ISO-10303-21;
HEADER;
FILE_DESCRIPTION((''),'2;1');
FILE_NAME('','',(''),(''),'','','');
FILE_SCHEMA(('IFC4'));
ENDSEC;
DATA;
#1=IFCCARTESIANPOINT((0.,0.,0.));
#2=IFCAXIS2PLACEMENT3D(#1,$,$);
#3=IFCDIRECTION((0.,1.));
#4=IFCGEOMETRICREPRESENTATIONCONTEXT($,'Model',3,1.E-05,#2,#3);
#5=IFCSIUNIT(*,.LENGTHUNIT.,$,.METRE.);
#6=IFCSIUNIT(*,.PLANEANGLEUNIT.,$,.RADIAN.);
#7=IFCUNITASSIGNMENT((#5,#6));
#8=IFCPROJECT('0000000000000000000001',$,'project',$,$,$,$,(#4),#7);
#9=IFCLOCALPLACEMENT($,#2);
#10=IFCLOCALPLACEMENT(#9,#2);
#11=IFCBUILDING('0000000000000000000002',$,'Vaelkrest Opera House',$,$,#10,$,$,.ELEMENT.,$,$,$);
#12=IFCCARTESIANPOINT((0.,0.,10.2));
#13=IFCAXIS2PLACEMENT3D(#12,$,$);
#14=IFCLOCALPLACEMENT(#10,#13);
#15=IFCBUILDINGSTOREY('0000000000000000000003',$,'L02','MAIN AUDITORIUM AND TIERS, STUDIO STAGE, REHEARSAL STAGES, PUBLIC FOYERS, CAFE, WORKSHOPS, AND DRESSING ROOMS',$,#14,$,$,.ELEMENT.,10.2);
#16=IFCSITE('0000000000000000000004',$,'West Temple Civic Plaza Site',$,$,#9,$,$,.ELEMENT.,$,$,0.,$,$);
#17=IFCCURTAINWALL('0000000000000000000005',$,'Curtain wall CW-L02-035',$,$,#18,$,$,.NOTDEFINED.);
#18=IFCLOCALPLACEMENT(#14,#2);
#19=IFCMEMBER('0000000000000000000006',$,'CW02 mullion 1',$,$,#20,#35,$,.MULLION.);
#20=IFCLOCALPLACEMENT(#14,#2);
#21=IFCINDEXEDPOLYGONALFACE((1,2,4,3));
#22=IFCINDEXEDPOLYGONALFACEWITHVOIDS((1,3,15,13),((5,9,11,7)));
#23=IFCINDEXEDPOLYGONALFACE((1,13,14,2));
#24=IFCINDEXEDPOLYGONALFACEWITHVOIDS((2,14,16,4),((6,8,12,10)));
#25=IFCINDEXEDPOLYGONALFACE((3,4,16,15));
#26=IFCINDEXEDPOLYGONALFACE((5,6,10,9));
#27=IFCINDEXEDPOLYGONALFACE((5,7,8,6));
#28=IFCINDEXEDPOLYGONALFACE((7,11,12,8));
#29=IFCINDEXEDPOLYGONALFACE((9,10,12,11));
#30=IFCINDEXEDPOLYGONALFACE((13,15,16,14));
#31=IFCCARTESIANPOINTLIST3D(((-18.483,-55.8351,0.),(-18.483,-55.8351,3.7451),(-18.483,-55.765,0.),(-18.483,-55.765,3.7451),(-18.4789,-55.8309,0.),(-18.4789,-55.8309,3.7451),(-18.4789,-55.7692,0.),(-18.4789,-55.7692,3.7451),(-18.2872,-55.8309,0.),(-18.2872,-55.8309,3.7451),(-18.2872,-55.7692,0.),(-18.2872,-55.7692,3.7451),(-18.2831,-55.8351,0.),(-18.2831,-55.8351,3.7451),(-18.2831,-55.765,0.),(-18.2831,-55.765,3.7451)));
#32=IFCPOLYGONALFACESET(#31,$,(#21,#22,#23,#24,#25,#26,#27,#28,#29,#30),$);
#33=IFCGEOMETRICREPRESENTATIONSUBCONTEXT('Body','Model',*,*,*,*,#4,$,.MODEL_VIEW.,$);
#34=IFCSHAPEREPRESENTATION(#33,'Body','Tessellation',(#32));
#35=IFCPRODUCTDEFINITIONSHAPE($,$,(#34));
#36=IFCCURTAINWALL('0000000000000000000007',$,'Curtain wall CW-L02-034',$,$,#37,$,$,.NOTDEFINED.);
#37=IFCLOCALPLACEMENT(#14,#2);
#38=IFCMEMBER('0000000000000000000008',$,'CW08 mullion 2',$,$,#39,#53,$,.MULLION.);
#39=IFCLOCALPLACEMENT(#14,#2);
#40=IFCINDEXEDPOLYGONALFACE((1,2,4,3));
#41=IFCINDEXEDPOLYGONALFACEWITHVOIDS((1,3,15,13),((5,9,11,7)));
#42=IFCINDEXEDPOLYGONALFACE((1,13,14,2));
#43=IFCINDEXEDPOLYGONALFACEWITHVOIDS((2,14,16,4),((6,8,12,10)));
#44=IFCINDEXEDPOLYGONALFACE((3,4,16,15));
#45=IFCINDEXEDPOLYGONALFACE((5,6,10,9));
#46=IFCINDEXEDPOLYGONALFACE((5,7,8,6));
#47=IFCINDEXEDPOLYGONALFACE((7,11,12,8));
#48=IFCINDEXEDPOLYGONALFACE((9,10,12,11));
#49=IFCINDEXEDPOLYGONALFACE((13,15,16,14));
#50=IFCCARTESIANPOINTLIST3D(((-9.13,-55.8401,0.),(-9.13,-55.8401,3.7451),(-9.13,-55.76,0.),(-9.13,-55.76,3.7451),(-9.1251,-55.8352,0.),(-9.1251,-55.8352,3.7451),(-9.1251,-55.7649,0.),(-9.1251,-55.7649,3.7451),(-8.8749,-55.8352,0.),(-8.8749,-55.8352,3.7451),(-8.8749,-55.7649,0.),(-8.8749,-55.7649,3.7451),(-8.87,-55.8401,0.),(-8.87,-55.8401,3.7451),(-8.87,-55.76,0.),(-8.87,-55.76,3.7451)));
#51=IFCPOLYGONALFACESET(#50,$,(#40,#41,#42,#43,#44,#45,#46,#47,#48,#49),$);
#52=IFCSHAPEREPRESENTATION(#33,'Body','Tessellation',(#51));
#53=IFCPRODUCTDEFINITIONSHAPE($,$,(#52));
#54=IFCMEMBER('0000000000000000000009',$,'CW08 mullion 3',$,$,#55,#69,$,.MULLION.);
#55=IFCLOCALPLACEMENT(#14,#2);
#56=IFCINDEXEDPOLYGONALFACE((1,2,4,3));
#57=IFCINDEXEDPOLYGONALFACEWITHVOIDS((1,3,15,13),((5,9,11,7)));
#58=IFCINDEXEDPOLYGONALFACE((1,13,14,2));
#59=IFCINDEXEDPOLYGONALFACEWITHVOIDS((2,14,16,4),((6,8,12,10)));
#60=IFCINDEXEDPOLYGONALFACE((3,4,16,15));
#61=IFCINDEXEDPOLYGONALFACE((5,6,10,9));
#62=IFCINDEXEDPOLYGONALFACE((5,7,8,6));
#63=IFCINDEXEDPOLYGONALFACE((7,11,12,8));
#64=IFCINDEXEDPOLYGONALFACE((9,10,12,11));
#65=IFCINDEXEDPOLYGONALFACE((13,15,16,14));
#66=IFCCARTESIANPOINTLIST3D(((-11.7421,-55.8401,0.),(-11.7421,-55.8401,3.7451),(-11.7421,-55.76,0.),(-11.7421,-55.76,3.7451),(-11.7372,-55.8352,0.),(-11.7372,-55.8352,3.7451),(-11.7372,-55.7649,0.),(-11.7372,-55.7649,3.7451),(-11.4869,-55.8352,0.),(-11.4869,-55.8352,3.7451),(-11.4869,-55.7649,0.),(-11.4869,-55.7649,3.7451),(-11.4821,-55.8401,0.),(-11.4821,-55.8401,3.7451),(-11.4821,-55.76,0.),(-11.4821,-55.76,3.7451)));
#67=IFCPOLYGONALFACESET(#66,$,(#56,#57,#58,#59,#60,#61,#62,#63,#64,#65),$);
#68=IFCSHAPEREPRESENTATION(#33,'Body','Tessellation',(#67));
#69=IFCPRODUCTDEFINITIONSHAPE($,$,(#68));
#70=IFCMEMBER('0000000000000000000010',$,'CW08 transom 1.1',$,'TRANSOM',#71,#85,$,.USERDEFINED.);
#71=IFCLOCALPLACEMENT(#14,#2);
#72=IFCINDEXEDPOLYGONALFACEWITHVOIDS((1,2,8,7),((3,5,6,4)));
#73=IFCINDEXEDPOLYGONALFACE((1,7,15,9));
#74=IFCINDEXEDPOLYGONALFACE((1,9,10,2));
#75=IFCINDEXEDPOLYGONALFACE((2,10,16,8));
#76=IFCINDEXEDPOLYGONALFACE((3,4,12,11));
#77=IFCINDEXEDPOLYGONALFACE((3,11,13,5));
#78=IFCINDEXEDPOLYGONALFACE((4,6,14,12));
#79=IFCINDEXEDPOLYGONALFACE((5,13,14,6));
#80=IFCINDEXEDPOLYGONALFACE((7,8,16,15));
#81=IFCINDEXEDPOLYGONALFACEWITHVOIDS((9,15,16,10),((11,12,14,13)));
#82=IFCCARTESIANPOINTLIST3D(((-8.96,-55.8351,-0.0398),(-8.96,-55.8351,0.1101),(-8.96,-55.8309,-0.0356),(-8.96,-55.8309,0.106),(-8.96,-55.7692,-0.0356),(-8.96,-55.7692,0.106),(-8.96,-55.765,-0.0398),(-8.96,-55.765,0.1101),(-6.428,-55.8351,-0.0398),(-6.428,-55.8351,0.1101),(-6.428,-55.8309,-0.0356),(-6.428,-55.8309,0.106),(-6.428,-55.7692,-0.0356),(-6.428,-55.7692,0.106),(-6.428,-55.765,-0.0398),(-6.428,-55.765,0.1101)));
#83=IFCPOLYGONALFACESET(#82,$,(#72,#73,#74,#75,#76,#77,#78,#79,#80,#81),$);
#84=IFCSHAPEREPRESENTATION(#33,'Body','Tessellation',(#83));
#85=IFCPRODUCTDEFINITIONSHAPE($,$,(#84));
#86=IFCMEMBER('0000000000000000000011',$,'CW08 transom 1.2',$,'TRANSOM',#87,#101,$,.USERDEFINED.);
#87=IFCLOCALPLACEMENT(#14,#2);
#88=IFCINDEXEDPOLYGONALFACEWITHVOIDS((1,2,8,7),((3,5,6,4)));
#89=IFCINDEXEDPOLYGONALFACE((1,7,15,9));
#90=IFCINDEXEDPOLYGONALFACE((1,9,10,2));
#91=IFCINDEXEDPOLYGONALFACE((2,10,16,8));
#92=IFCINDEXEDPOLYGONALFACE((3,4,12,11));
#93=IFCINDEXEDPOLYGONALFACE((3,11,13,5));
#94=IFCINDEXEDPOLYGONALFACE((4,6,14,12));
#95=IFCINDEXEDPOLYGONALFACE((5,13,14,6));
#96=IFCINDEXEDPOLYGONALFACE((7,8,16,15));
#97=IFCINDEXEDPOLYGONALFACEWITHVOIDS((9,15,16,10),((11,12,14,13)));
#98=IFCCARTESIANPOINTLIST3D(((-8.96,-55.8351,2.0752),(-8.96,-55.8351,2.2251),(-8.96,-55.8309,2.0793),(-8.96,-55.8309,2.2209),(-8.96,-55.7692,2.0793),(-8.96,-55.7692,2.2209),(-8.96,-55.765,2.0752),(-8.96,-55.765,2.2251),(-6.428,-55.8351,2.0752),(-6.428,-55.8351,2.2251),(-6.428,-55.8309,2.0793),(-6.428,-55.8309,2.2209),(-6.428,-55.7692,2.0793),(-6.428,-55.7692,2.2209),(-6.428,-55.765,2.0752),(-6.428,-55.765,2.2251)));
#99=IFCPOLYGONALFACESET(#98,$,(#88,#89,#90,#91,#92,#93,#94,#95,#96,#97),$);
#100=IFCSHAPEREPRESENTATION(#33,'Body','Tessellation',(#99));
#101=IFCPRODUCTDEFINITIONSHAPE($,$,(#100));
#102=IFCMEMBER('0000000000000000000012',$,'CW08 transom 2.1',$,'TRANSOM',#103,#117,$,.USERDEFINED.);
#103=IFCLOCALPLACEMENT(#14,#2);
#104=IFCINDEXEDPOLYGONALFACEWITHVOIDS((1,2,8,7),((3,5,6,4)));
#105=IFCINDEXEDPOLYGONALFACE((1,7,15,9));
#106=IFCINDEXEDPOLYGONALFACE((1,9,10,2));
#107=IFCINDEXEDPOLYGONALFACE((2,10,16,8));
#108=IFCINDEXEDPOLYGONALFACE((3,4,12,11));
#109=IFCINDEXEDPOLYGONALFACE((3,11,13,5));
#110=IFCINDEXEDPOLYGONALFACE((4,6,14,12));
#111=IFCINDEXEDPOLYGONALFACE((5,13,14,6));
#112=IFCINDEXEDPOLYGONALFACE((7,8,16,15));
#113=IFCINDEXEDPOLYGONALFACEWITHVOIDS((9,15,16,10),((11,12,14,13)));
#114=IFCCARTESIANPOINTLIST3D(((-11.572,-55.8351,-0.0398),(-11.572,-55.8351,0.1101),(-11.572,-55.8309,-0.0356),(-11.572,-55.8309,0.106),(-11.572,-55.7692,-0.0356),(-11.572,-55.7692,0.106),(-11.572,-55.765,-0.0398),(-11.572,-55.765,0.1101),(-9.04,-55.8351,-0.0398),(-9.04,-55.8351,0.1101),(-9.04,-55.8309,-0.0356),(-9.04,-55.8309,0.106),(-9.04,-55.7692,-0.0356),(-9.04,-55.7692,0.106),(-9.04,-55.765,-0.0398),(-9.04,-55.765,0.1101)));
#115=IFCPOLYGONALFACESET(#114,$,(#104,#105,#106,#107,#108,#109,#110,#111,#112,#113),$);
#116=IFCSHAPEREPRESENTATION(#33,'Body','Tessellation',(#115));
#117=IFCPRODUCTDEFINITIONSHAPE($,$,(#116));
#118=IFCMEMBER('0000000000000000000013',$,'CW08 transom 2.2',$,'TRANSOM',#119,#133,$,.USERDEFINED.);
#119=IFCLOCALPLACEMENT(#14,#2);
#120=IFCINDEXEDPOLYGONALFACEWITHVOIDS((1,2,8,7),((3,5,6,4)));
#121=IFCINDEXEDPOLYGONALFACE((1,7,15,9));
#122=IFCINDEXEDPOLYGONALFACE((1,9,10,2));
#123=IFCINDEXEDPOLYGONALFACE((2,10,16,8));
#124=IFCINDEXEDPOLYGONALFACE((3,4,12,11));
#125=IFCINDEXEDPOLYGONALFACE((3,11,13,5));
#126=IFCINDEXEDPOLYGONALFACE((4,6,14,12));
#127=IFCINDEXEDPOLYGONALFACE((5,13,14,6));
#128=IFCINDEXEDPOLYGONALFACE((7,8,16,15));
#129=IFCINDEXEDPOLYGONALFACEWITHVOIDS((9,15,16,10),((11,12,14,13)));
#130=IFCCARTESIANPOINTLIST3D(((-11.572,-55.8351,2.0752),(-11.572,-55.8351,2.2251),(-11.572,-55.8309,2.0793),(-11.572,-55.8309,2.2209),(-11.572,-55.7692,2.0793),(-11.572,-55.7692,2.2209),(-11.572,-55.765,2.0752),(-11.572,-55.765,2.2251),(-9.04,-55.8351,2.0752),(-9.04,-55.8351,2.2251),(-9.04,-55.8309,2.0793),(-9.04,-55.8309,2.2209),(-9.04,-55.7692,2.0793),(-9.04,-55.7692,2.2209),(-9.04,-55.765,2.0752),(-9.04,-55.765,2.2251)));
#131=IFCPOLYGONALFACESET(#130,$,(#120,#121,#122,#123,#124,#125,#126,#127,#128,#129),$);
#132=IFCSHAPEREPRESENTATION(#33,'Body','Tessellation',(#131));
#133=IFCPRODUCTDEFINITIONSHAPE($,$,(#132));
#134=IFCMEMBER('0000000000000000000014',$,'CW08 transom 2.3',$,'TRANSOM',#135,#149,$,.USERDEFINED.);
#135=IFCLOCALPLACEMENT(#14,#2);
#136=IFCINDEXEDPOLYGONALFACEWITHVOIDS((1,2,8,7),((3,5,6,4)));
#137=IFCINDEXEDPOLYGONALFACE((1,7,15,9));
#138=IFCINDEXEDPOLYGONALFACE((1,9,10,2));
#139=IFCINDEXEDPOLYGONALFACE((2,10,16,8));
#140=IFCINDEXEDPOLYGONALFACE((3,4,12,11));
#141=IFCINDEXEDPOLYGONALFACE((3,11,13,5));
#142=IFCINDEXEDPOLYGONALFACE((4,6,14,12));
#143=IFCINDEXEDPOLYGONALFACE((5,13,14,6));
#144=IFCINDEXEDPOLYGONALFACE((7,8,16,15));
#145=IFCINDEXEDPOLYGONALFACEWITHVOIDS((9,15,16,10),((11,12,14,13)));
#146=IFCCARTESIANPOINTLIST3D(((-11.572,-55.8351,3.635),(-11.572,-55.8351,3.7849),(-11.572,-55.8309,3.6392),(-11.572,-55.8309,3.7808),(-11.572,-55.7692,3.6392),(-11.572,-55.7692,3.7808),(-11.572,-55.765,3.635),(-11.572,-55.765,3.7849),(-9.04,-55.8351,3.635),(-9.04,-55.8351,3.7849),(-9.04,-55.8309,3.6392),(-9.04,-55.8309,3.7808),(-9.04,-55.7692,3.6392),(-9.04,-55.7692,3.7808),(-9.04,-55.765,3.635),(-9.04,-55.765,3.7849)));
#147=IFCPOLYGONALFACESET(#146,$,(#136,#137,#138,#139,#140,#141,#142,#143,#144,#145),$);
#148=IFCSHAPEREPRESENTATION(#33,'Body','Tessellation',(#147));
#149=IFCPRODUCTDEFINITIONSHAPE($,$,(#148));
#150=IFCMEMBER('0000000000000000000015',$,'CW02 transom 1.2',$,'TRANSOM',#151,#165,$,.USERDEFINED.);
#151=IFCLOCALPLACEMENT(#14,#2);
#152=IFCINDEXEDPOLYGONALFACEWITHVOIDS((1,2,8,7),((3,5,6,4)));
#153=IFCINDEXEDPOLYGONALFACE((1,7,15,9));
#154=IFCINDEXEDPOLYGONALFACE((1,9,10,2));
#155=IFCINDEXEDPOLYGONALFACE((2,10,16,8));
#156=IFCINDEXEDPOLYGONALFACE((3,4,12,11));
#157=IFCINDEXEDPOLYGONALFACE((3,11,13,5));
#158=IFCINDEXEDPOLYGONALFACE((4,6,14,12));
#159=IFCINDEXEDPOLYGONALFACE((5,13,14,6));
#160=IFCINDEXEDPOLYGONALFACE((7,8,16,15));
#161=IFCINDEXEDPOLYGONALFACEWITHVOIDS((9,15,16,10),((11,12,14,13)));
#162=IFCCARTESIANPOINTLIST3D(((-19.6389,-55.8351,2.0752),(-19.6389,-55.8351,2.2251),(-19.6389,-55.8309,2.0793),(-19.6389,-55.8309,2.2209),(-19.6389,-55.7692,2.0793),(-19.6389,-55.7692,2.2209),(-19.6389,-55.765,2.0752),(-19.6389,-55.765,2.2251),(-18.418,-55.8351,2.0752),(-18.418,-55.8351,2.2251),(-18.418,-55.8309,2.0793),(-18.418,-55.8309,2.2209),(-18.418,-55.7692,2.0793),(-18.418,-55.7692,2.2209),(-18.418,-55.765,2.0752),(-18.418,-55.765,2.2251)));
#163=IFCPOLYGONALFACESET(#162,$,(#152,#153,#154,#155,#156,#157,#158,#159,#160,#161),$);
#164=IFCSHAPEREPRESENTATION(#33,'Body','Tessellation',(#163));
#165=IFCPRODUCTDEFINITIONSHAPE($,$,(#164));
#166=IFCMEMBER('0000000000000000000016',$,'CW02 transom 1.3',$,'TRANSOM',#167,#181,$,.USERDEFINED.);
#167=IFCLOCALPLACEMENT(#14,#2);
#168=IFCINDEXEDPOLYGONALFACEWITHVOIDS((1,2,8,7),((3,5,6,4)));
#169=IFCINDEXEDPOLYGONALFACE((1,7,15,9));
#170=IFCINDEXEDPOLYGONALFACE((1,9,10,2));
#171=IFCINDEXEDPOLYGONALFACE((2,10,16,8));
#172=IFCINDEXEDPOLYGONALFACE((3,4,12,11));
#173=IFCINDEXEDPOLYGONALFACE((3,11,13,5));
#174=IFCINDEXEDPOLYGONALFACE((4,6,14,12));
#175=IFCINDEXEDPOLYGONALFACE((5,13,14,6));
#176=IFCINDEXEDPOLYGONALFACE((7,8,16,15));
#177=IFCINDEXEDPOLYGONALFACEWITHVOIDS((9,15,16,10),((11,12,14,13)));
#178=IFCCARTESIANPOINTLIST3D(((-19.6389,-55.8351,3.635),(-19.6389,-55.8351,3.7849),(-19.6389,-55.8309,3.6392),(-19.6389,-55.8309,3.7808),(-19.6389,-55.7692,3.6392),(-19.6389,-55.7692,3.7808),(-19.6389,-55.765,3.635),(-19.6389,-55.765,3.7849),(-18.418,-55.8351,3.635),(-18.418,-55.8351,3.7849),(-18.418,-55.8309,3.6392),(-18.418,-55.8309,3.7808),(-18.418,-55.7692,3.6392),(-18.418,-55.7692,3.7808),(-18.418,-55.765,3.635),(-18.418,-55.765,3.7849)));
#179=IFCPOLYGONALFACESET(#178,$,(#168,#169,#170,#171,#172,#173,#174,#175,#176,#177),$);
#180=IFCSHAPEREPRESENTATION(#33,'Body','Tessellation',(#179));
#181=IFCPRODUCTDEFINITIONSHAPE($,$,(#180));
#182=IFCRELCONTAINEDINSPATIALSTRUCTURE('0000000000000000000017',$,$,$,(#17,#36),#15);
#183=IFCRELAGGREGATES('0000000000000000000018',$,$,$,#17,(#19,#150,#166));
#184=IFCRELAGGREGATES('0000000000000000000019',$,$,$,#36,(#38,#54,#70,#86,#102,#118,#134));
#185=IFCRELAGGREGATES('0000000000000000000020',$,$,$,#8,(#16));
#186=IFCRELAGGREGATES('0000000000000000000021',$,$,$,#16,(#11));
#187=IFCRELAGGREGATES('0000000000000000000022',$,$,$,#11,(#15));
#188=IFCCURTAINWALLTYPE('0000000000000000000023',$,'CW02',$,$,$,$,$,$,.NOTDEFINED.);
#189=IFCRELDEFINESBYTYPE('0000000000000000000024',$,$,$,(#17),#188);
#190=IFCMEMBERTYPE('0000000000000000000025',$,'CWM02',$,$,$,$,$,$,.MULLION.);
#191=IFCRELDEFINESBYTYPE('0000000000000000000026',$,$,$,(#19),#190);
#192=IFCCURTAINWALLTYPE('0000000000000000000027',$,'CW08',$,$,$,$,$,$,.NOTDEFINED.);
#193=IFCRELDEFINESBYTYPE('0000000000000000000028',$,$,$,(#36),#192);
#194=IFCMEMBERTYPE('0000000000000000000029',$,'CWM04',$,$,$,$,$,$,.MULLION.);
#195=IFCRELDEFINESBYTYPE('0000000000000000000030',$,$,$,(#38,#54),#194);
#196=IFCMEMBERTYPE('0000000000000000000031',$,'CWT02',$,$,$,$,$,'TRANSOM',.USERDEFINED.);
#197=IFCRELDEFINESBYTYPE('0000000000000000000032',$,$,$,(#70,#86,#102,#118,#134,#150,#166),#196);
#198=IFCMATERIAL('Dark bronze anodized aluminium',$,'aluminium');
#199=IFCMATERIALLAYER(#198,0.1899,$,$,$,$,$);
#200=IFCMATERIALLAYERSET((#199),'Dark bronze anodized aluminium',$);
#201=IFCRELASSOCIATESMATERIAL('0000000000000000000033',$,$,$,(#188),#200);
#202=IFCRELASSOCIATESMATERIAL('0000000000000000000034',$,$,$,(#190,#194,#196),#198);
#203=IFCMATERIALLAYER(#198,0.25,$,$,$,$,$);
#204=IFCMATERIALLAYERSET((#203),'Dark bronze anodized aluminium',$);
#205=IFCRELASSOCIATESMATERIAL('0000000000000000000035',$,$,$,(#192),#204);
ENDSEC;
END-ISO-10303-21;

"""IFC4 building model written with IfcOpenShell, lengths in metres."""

from ifc_helpers import new_model, si_unit, direction, frame, origin, origin_2d, place, context, subcontext, project, spatial, hollow_rectangle, extrude, material, layer, layer_set, material_profile, profile_set, type_object, element, aggregate, save


model = new_model("IFC4")

# Units and contexts
model_context = context("Model", 3, precision=1e-05, world=origin(), true_north=direction((0.0, 1.0)))
body_context = subcontext(model_context, "Body", "Model", "MODEL_VIEW")
ifc_project = project(units=[si_unit("LENGTHUNIT", "METRE"), si_unit("PLANEANGLEUNIT", "RADIAN")], contexts=[model_context])

# Site, building, storey
site_placement = place(None, origin())
site = spatial("IfcSite", under=ifc_project, at=site_placement, Name="West Temple Civic Plaza Site", CompositionType="ELEMENT", RefElevation=0.0)
building_placement = place(site_placement, origin())
building = spatial("IfcBuilding", under=site, at=building_placement, Name="Vaelkrest Opera House", CompositionType="ELEMENT")
storey_placement = place(building_placement, frame((0.0, 0.0, 10.2)))
storey = spatial("IfcBuildingStorey", under=building, at=storey_placement, Name="L02", Description="MAIN AUDITORIUM AND TIERS, STUDIO STAGE, REHEARSAL STAGES, PUBLIC FOYERS, CAFE, WORKSHOPS, AND DRESSING ROOMS", CompositionType="ELEMENT", Elevation=10.2)

# Curtain wall, member
ifc_material_1 = material(Name="Dark bronze anodized aluminium", Category="aluminium")
ifc_layer_1 = layer(ifc_material_1, 0.1899)
ifc_layer_set_1 = layer_set([ifc_layer_1], Name="Dark bronze anodized aluminium")
curtain_wall_type_1 = type_object("IfcCurtainWallType", Name="CW02", PredefinedType="NOTDEFINED", material=ifc_layer_set_1)
curtain_wall_1_placement = place(storey_placement, origin())
curtain_wall_1 = element("IfcCurtainWall", 1, at=curtain_wall_1_placement, inside=storey, type_object=curtain_wall_type_1, Name="Curtain wall CW-L02-035", PredefinedType="NOTDEFINED")
ifc_material_profile_1 = material_profile(ifc_material_1, hollow_rectangle(XDim=0.0701, YDim=0.2, WallThickness=0.0042, at=origin_2d()), Name="CWM70X200")
ifc_profile_set_1 = profile_set([ifc_material_profile_1], Name="Dark bronze anodized aluminium")
member_type_1 = type_object("IfcMemberType", Name="CWM02", PredefinedType="MULLION", material=ifc_profile_set_1)
member_1_placement = place(storey_placement, frame((-18.3831, -55.8, 0.0), z_axis=(0.0, 0.0, 1.0), x_axis=(0.0, -1.0, 0.0)))
member_1 = element("IfcMember", 2, at=member_1_placement, type_object=member_type_1, Name="CW02 mullion 1", PredefinedType="MULLION", context=body_context, shape_type="SweptSolid", body=[
    extrude(hollow_rectangle(XDim=0.0701, YDim=0.2, WallThickness=0.0042, at=origin_2d()), origin(), (0.0, 0.0, 1.0), 3.7451),
])

# Curtain wall, members
ifc_layer_2 = layer(ifc_material_1, 0.25)
ifc_layer_set_2 = layer_set([ifc_layer_2], Name="Dark bronze anodized aluminium")
curtain_wall_type_2 = type_object("IfcCurtainWallType", Name="CW08", PredefinedType="NOTDEFINED", material=ifc_layer_set_2)
curtain_wall_2_placement = place(storey_placement, origin())
curtain_wall_2 = element("IfcCurtainWall", 3, at=curtain_wall_2_placement, inside=storey, type_object=curtain_wall_type_2, Name="Curtain wall CW-L02-034", PredefinedType="NOTDEFINED")
ifc_material_profile_2 = material_profile(ifc_material_1, hollow_rectangle(XDim=0.0801, YDim=0.26, WallThickness=0.0049, at=origin_2d()), Name="CWM80X260")
ifc_profile_set_2 = profile_set([ifc_material_profile_2], Name="Dark bronze anodized aluminium")
member_type_2 = type_object("IfcMemberType", Name="CWM04", PredefinedType="MULLION", material=ifc_profile_set_2)
member_2_placement = place(storey_placement, frame((-9.0, -55.8, 0.0), z_axis=(0.0, 0.0, 1.0), x_axis=(0.0, -1.0, 0.0)))
member_2 = element("IfcMember", 4, at=member_2_placement, type_object=member_type_2, Name="CW08 mullion 2", PredefinedType="MULLION", context=body_context, shape_type="SweptSolid", body=[
    extrude(hollow_rectangle(XDim=0.0801, YDim=0.26, WallThickness=0.0049, at=origin_2d()), origin(), (0.0, 0.0, 1.0), 3.7451),
])
member_3_placement = place(storey_placement, frame((-11.6121, -55.8, 0.0), z_axis=(0.0, 0.0, 1.0), x_axis=(0.0, -1.0, 0.0)))
member_3 = element("IfcMember", 5, at=member_3_placement, type_object=member_type_2, Name="CW08 mullion 3", PredefinedType="MULLION", context=body_context, shape_type="SweptSolid", body=[
    extrude(hollow_rectangle(XDim=0.0801, YDim=0.26, WallThickness=0.0049, at=origin_2d()), origin(), (0.0, 0.0, 1.0), 3.7451),
])
ifc_material_profile_3 = material_profile(ifc_material_1, hollow_rectangle(XDim=0.0701, YDim=0.1499, WallThickness=0.0042, at=origin_2d()), Name="CWT70X150")
ifc_profile_set_3 = profile_set([ifc_material_profile_3], Name="Dark bronze anodized aluminium")
member_type_3 = type_object("IfcMemberType", Name="CWT02", ElementType="TRANSOM", PredefinedType="USERDEFINED", material=ifc_profile_set_3)
member_4_placement = place(storey_placement, frame((-6.428, -55.8, 0.0352), z_axis=(-1.0, 0.0, 0.0), x_axis=(0.0, -1.0, 0.0)))
member_4 = element("IfcMember", 6, at=member_4_placement, type_object=member_type_3, Name="CW08 transom 1.1", ObjectType="TRANSOM", PredefinedType="USERDEFINED", context=body_context, shape_type="SweptSolid", body=[
    extrude(hollow_rectangle(XDim=0.0701, YDim=0.1499, WallThickness=0.0042, at=origin_2d()), origin(), (0.0, 0.0, 1.0), 2.532),
])
member_5_placement = place(storey_placement, frame((-6.428, -55.8, 2.1501), z_axis=(-1.0, 0.0, 0.0), x_axis=(0.0, -1.0, 0.0)))
member_5 = element("IfcMember", 7, at=member_5_placement, type_object=member_type_3, Name="CW08 transom 1.2", ObjectType="TRANSOM", PredefinedType="USERDEFINED", context=body_context, shape_type="SweptSolid", body=[
    extrude(hollow_rectangle(XDim=0.0701, YDim=0.1499, WallThickness=0.0042, at=origin_2d()), origin(), (0.0, 0.0, 1.0), 2.532),
])
member_6_placement = place(storey_placement, frame((-9.04, -55.8, 0.0352), z_axis=(-1.0, 0.0, 0.0), x_axis=(0.0, -1.0, 0.0)))
member_6 = element("IfcMember", 8, at=member_6_placement, type_object=member_type_3, Name="CW08 transom 2.1", ObjectType="TRANSOM", PredefinedType="USERDEFINED", context=body_context, shape_type="SweptSolid", body=[
    extrude(hollow_rectangle(XDim=0.0701, YDim=0.1499, WallThickness=0.0042, at=origin_2d()), origin(), (0.0, 0.0, 1.0), 2.532),
])
member_7_placement = place(storey_placement, frame((-9.04, -55.8, 2.1501), z_axis=(-1.0, 0.0, 0.0), x_axis=(0.0, -1.0, 0.0)))
member_7 = element("IfcMember", 9, at=member_7_placement, type_object=member_type_3, Name="CW08 transom 2.2", ObjectType="TRANSOM", PredefinedType="USERDEFINED", context=body_context, shape_type="SweptSolid", body=[
    extrude(hollow_rectangle(XDim=0.0701, YDim=0.1499, WallThickness=0.0042, at=origin_2d()), origin(), (0.0, 0.0, 1.0), 2.532),
])
member_8_placement = place(storey_placement, frame((-9.04, -55.8, 3.71), z_axis=(-1.0, 0.0, 0.0), x_axis=(0.0, -1.0, 0.0)))
member_8 = element("IfcMember", 10, at=member_8_placement, type_object=member_type_3, Name="CW08 transom 2.3", ObjectType="TRANSOM", PredefinedType="USERDEFINED", context=body_context, shape_type="SweptSolid", body=[
    extrude(hollow_rectangle(XDim=0.0701, YDim=0.1499, WallThickness=0.0042, at=origin_2d()), origin(), (0.0, 0.0, 1.0), 2.532),
])

# Members
member_9_placement = place(storey_placement, frame((-18.418, -55.8, 2.1501), z_axis=(-1.0, 0.0, 0.0), x_axis=(0.0, -1.0, 0.0)))
member_9 = element("IfcMember", 11, at=member_9_placement, type_object=member_type_3, Name="CW02 transom 1.2", ObjectType="TRANSOM", PredefinedType="USERDEFINED", context=body_context, shape_type="SweptSolid", body=[
    extrude(hollow_rectangle(XDim=0.0701, YDim=0.1499, WallThickness=0.0042, at=origin_2d()), origin(), (0.0, 0.0, 1.0), 1.2209),
])
member_10_placement = place(storey_placement, frame((-18.418, -55.8, 3.71), z_axis=(-1.0, 0.0, 0.0), x_axis=(0.0, -1.0, 0.0)))
member_10 = element("IfcMember", 12, at=member_10_placement, type_object=member_type_3, Name="CW02 transom 1.3", ObjectType="TRANSOM", PredefinedType="USERDEFINED", context=body_context, shape_type="SweptSolid", body=[
    extrude(hollow_rectangle(XDim=0.0701, YDim=0.1499, WallThickness=0.0042, at=origin_2d()), origin(), (0.0, 0.0, 1.0), 1.2209),
])
aggregate(curtain_wall_1, [member_1, member_9, member_10])

aggregate(curtain_wall_2, [member_2, member_3, member_4, member_5, member_6, member_7, member_8])

save(model, "model.ifc")
